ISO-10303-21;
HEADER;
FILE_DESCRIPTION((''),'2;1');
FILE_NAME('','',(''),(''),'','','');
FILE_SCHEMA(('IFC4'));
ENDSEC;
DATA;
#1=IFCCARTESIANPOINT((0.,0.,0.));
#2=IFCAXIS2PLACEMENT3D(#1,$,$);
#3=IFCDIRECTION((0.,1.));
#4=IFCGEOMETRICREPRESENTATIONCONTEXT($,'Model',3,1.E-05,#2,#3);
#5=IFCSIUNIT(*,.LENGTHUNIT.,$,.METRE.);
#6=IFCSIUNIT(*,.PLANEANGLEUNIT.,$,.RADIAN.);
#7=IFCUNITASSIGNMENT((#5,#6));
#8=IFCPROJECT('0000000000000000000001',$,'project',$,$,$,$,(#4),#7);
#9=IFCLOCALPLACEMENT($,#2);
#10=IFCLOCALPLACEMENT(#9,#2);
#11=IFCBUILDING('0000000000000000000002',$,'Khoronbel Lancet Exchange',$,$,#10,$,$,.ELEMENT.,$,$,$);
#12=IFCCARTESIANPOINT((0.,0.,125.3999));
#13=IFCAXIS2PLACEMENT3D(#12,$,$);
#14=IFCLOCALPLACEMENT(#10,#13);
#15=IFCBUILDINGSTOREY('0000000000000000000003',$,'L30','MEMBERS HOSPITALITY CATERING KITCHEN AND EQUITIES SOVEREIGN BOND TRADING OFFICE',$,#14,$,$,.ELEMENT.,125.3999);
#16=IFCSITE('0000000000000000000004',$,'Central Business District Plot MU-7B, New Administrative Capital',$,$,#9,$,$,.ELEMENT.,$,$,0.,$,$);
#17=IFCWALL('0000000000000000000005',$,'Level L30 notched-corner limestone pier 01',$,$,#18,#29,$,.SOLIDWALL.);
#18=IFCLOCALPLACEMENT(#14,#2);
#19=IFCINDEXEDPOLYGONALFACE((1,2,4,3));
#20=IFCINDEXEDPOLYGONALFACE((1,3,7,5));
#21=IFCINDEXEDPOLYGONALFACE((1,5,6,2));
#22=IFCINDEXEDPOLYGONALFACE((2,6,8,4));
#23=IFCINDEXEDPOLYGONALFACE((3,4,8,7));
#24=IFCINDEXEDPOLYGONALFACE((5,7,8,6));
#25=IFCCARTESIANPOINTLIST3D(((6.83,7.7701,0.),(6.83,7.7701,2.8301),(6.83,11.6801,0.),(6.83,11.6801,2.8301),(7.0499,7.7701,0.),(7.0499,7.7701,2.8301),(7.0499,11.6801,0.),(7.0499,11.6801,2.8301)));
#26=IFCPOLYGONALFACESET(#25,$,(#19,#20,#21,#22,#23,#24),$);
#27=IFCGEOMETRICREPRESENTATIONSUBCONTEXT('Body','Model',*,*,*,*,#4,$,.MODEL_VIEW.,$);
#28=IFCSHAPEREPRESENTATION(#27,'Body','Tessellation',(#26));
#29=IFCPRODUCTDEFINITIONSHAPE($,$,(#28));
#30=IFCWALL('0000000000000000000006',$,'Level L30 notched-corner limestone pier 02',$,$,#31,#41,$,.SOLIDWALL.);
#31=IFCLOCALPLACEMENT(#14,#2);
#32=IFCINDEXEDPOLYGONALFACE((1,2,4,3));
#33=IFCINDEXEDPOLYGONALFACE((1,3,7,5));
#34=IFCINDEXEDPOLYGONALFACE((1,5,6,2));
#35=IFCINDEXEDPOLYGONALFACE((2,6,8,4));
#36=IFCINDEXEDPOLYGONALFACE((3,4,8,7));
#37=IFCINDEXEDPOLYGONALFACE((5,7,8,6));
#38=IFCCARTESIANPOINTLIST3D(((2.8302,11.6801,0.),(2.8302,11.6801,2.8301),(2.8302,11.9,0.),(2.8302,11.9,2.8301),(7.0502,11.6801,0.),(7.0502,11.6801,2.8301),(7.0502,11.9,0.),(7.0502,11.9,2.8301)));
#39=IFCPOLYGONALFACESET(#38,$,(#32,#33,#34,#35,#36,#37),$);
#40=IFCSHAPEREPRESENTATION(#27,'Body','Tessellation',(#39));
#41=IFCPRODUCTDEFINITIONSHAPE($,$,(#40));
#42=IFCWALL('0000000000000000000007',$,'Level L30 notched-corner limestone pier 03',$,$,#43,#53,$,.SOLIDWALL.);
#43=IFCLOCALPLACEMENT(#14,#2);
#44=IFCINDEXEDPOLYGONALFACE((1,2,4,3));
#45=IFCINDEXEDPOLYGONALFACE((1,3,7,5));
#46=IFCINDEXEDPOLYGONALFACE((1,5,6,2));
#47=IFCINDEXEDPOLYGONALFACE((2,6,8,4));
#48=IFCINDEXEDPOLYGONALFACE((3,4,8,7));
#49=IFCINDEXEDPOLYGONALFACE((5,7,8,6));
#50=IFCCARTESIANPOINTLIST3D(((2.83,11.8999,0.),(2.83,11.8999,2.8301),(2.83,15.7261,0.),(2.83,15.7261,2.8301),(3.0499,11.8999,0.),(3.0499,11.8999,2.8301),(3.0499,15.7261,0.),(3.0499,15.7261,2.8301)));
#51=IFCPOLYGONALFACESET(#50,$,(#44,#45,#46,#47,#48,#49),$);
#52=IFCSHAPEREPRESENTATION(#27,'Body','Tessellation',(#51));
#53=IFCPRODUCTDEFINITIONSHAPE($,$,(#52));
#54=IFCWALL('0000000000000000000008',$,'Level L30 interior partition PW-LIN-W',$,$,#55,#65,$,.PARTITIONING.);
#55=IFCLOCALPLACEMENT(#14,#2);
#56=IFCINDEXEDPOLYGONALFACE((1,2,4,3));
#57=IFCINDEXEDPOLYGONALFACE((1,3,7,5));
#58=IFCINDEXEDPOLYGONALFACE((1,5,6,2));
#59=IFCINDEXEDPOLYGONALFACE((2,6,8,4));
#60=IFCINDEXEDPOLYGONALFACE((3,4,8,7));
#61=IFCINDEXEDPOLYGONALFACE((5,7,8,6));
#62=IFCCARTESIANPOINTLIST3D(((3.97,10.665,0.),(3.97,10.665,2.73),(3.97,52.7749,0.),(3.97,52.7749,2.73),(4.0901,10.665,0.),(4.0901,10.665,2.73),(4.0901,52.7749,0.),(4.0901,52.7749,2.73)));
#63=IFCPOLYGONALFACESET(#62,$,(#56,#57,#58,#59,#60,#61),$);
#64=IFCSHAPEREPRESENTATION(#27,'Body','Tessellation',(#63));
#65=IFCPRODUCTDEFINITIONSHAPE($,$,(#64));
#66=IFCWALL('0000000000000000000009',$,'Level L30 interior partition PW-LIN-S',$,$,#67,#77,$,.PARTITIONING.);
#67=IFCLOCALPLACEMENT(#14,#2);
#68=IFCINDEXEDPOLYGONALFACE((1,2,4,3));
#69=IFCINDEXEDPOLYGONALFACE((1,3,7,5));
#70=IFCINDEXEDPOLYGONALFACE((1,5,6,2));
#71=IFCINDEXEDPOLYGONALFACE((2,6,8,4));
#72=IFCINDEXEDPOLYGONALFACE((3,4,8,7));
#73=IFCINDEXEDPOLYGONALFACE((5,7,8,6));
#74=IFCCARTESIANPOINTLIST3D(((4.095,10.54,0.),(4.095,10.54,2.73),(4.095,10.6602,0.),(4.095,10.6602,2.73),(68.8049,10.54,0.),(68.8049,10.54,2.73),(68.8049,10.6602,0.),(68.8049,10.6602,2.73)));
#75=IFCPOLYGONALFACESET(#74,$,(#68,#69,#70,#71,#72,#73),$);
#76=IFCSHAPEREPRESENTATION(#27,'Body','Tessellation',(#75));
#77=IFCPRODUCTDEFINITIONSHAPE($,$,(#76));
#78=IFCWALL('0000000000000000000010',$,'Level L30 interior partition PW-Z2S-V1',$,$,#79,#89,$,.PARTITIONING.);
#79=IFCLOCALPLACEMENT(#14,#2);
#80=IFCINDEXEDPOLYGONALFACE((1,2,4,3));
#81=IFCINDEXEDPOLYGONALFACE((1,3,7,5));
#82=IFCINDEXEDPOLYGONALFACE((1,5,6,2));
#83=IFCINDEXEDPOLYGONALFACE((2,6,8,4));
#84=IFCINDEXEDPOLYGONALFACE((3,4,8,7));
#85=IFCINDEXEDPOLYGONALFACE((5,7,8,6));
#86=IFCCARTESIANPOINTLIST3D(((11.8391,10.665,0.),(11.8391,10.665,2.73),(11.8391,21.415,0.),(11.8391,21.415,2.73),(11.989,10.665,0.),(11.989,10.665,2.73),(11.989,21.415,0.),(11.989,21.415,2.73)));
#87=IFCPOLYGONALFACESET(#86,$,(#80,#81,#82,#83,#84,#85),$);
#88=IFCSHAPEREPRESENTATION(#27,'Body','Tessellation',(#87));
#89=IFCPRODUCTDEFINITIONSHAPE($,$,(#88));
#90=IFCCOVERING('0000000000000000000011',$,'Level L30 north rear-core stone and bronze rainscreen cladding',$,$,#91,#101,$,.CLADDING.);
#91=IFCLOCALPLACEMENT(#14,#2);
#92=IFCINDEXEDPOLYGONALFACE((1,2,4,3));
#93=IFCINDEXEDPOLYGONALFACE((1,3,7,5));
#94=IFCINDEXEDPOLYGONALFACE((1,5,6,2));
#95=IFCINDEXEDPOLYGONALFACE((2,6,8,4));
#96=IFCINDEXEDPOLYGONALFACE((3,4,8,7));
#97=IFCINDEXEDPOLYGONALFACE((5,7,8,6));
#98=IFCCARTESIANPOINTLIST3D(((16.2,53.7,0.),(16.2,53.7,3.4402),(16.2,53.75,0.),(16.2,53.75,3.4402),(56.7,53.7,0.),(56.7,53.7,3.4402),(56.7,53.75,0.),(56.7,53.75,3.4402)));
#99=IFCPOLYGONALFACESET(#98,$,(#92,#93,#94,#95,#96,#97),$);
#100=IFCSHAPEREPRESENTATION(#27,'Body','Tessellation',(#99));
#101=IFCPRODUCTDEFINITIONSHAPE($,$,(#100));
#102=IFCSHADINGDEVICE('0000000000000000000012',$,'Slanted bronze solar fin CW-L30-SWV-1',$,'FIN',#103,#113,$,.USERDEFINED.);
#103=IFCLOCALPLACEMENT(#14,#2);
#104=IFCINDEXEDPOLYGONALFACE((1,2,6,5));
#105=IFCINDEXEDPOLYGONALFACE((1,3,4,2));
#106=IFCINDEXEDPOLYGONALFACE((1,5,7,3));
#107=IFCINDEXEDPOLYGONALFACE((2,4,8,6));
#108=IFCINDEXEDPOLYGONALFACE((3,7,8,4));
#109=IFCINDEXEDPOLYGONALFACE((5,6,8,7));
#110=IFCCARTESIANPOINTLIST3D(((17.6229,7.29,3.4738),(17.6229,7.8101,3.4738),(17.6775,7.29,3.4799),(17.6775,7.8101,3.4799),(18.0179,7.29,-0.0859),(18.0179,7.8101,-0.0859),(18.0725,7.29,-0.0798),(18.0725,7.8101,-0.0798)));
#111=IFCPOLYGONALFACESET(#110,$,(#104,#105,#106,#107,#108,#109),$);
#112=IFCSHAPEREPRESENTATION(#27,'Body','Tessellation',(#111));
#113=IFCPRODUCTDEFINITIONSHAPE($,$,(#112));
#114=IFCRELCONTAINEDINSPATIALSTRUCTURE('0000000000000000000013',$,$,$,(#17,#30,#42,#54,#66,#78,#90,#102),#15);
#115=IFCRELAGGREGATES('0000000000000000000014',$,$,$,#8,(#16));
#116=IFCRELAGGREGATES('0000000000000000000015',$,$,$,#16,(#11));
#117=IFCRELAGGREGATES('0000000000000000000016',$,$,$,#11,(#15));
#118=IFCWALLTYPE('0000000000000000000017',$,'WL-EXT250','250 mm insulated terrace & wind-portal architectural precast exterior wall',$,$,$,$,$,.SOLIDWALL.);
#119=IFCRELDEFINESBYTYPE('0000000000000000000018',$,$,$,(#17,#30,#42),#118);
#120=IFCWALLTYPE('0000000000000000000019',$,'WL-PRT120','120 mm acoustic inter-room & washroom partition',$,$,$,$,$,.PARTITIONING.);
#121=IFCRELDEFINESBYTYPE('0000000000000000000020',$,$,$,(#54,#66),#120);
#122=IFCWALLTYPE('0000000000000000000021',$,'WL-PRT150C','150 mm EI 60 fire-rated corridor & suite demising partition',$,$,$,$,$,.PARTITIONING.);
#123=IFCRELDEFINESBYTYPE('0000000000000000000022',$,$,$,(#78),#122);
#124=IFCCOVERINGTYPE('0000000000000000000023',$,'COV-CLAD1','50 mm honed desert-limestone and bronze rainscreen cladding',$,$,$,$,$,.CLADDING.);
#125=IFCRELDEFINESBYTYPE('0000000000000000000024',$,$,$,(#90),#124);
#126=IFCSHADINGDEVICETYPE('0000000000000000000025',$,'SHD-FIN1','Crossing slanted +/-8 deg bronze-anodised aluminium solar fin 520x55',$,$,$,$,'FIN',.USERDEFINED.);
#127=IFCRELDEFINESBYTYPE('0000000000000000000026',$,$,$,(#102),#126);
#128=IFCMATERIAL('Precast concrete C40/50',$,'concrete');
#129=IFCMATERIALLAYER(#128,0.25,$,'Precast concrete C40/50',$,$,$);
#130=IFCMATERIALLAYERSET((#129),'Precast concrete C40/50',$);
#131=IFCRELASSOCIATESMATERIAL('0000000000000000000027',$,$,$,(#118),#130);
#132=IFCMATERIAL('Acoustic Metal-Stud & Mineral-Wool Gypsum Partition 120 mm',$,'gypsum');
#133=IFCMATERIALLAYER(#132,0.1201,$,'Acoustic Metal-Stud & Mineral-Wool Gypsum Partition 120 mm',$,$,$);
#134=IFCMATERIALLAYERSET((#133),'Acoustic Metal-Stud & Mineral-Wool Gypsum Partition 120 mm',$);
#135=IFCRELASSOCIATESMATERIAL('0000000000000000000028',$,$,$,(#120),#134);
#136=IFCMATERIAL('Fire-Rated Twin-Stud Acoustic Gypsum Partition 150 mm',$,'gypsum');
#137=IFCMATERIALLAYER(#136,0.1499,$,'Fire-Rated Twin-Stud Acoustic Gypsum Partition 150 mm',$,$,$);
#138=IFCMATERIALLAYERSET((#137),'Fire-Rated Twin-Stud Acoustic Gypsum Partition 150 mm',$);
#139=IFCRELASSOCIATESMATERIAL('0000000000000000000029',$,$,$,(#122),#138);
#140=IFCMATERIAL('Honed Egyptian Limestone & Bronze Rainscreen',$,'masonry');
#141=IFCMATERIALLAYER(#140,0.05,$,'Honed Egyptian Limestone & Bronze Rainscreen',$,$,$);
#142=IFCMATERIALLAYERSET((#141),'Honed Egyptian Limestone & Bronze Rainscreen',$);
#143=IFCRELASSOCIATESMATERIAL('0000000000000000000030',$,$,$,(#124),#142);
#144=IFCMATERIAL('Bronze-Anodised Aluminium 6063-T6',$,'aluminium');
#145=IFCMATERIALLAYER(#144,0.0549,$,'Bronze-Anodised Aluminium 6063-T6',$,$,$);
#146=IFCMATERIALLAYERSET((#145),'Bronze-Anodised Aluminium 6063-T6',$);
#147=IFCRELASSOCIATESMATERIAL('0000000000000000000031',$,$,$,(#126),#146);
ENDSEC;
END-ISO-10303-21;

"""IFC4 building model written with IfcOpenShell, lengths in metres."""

from ifc_helpers import new_model, si_unit, direction, frame, frame_2d, origin, place, context, subcontext, project, spatial, polyline, rectangle, outline, extrude, material, layer, layer_set, type_object, element, save


model = new_model("IFC4")

# Units and contexts
model_context = context("Model", 3, precision=1e-05, world=origin(), true_north=direction((0.0, 1.0)))
body_context = subcontext(model_context, "Body", "Model", "MODEL_VIEW")
ifc_project = project(units=[si_unit("LENGTHUNIT", "METRE"), si_unit("PLANEANGLEUNIT", "RADIAN")], contexts=[model_context])

# Site, building, storey
site_placement = place(None, origin())
site = spatial("IfcSite", under=ifc_project, at=site_placement, Name="Central Business District Plot MU-7B, New Administrative Capital", CompositionType="ELEMENT", RefElevation=0.0)
building_placement = place(site_placement, origin())
building = spatial("IfcBuilding", under=site, at=building_placement, Name="Khoronbel Lancet Exchange", CompositionType="ELEMENT")
storey_placement = place(building_placement, frame((0.0, 0.0, 125.3999)))
storey = spatial("IfcBuildingStorey", under=building, at=storey_placement, Name="L30", Description="MEMBERS HOSPITALITY CATERING KITCHEN AND EQUITIES SOVEREIGN BOND TRADING OFFICE", CompositionType="ELEMENT", Elevation=125.3999)

# Shared definitions
ifc_material_1 = material(Name="Bronze-Anodised Aluminium 6063-T6", Category="aluminium")

# Walls
ifc_material_2 = material(Name="Precast concrete C40/50", Category="concrete")
ifc_layer_1 = layer(ifc_material_2, 0.25, Name="Precast concrete C40/50")
ifc_layer_set_1 = layer_set([ifc_layer_1], Name="Precast concrete C40/50")
wall_type_1 = type_object("IfcWallType", Name="WL-EXT250", Description="250 mm insulated terrace & wind-portal architectural precast exterior wall", PredefinedType="SOLIDWALL", material=ifc_layer_set_1)
wall_1_placement = place(storey_placement, frame((6.9399, 7.77, 0.0), z_axis=(0.0, 0.0, 1.0), x_axis=(0.0, 1.0, 0.0)))
element("IfcWall", 1, at=wall_1_placement, inside=storey, type_object=wall_type_1, Name="Level L30 notched-corner limestone pier 01", PredefinedType="SOLIDWALL", context=body_context, shape_type="SweptSolid", body=[
    extrude(rectangle(XDim=3.9099, YDim=0.22, at=frame_2d((1.9551, 0.0))), origin(), (0.0, 0.0, 1.0), 2.8301),
])
wall_2_placement = place(storey_placement, frame((7.05, 11.79, 0.0), z_axis=(0.0, 0.0, 1.0), x_axis=(-1.0, 0.0, 0.0)))
element("IfcWall", 2, at=wall_2_placement, inside=storey, type_object=wall_type_1, Name="Level L30 notched-corner limestone pier 02", PredefinedType="SOLIDWALL", context=body_context, shape_type="SweptSolid", body=[
    extrude(rectangle(XDim=4.22, YDim=0.22, at=frame_2d((2.1099, 0.0))), origin(), (0.0, 0.0, 1.0), 2.8301),
])
wall_3_placement = place(storey_placement, frame((2.9399, 11.8999, 0.0), z_axis=(0.0, 0.0, 1.0), x_axis=(0.0, 1.0, 0.0)))
element("IfcWall", 3, at=wall_3_placement, inside=storey, type_object=wall_type_1, Name="Level L30 notched-corner limestone pier 03", PredefinedType="SOLIDWALL", context=body_context, shape_type="SweptSolid", body=[
    extrude(rectangle(XDim=3.8262, YDim=0.22, at=frame_2d((1.9131, 0.0))), origin(), (0.0, 0.0, 1.0), 2.8301),
])
ifc_material_3 = material(Name="Acoustic Metal-Stud & Mineral-Wool Gypsum Partition 120 mm", Category="gypsum")
ifc_layer_2 = layer(ifc_material_3, 0.1201, Name="Acoustic Metal-Stud & Mineral-Wool Gypsum Partition 120 mm")
ifc_layer_set_2 = layer_set([ifc_layer_2], Name="Acoustic Metal-Stud & Mineral-Wool Gypsum Partition 120 mm")
wall_type_2 = type_object("IfcWallType", Name="WL-PRT120", Description="120 mm acoustic inter-room & washroom partition", PredefinedType="PARTITIONING", material=ifc_layer_set_2)
wall_4_placement = place(storey_placement, frame((4.03, 10.665, 0.0), z_axis=(0.0, 0.0, 1.0), x_axis=(0.0, 1.0, 0.0)))
element("IfcWall", 4, at=wall_4_placement, inside=storey, type_object=wall_type_2, Name="Level L30 interior partition PW-LIN-W", PredefinedType="PARTITIONING", context=body_context, shape_type="SweptSolid", body=[
    extrude(rectangle(XDim=42.1099, YDim=0.1201, at=frame_2d((21.0549, 0.0))), origin(), (0.0, 0.0, 1.0), 2.73),
])
wall_5_placement = place(storey_placement, frame((4.095, 10.6001, 0.0), z_axis=(0.0, 0.0, 1.0), x_axis=(1.0, 0.0, 0.0)))
element("IfcWall", 5, at=wall_5_placement, inside=storey, type_object=wall_type_2, Name="Level L30 interior partition PW-LIN-S", PredefinedType="PARTITIONING", context=body_context, shape_type="SweptSolid", body=[
    extrude(rectangle(XDim=64.71, YDim=0.1201, at=frame_2d((32.355, 0.0))), origin(), (0.0, 0.0, 1.0), 2.73),
])
ifc_material_4 = material(Name="Fire-Rated Twin-Stud Acoustic Gypsum Partition 150 mm", Category="gypsum")
ifc_layer_3 = layer(ifc_material_4, 0.1499, Name="Fire-Rated Twin-Stud Acoustic Gypsum Partition 150 mm")
ifc_layer_set_3 = layer_set([ifc_layer_3], Name="Fire-Rated Twin-Stud Acoustic Gypsum Partition 150 mm")
wall_type_3 = type_object("IfcWallType", Name="WL-PRT150C", Description="150 mm EI 60 fire-rated corridor & suite demising partition", PredefinedType="PARTITIONING", material=ifc_layer_set_3)
wall_6_placement = place(storey_placement, frame((11.9141, 10.665, 0.0), z_axis=(0.0, 0.0, 1.0), x_axis=(0.0, 1.0, 0.0)))
element("IfcWall", 6, at=wall_6_placement, inside=storey, type_object=wall_type_3, Name="Level L30 interior partition PW-Z2S-V1", PredefinedType="PARTITIONING", context=body_context, shape_type="SweptSolid", body=[
    extrude(rectangle(XDim=10.75, YDim=0.1499, at=frame_2d((5.375, 0.0))), origin(), (0.0, 0.0, 1.0), 2.73),
])

# Covering
ifc_material_5 = material(Name="Honed Egyptian Limestone & Bronze Rainscreen", Category="masonry")
ifc_layer_4 = layer(ifc_material_5, 0.05, Name="Honed Egyptian Limestone & Bronze Rainscreen")
ifc_layer_set_4 = layer_set([ifc_layer_4], Name="Honed Egyptian Limestone & Bronze Rainscreen")
covering_type = type_object("IfcCoveringType", Name="COV-CLAD1", Description="50 mm honed desert-limestone and bronze rainscreen cladding", PredefinedType="CLADDING", material=ifc_layer_set_4)
covering_placement = place(storey_placement, origin())
element("IfcCovering", 7, at=covering_placement, inside=storey, type_object=covering_type, Name="Level L30 north rear-core stone and bronze rainscreen cladding", PredefinedType="CLADDING", context=body_context, shape_type="SweptSolid", body=[
    extrude(outline(polyline([(16.2, 53.7), (56.7, 53.7), (56.7, 53.75), (16.2, 53.75), (16.2, 53.7)])), origin(), (0.0, 0.0, 1.0), 3.4402),
])

# Shading device
ifc_layer_5 = layer(ifc_material_1, 0.0549, Name="Bronze-Anodised Aluminium 6063-T6")
ifc_layer_set_5 = layer_set([ifc_layer_5], Name="Bronze-Anodised Aluminium 6063-T6")
shading_device_type = type_object("IfcShadingDeviceType", Name="SHD-FIN1", Description="Crossing slanted +/-8 deg bronze-anodised aluminium solar fin 520x55", ElementType="FIN", PredefinedType="USERDEFINED", material=ifc_layer_set_5)
shading_device_placement = place(storey_placement, frame((18.0725, 7.8101, -0.0798), z_axis=(0.9939, 0.0, 0.110289), x_axis=(0.0, -1.0, 0.0)))
element("IfcShadingDevice", 8, at=shading_device_placement, inside=storey, type_object=shading_device_type, Name="Slanted bronze solar fin CW-L30-SWV-1", ObjectType="FIN", PredefinedType="USERDEFINED", context=body_context, shape_type="SweptSolid", body=[
    extrude(outline(polyline([(0.0, 0.0), (0.52, 0.0), (0.52, -3.5815), (0.0, -3.5815), (0.0, 0.0)])), origin(), (0.0, 0.0, -1.0), 0.0549),
])

save(model, "model.ifc")
